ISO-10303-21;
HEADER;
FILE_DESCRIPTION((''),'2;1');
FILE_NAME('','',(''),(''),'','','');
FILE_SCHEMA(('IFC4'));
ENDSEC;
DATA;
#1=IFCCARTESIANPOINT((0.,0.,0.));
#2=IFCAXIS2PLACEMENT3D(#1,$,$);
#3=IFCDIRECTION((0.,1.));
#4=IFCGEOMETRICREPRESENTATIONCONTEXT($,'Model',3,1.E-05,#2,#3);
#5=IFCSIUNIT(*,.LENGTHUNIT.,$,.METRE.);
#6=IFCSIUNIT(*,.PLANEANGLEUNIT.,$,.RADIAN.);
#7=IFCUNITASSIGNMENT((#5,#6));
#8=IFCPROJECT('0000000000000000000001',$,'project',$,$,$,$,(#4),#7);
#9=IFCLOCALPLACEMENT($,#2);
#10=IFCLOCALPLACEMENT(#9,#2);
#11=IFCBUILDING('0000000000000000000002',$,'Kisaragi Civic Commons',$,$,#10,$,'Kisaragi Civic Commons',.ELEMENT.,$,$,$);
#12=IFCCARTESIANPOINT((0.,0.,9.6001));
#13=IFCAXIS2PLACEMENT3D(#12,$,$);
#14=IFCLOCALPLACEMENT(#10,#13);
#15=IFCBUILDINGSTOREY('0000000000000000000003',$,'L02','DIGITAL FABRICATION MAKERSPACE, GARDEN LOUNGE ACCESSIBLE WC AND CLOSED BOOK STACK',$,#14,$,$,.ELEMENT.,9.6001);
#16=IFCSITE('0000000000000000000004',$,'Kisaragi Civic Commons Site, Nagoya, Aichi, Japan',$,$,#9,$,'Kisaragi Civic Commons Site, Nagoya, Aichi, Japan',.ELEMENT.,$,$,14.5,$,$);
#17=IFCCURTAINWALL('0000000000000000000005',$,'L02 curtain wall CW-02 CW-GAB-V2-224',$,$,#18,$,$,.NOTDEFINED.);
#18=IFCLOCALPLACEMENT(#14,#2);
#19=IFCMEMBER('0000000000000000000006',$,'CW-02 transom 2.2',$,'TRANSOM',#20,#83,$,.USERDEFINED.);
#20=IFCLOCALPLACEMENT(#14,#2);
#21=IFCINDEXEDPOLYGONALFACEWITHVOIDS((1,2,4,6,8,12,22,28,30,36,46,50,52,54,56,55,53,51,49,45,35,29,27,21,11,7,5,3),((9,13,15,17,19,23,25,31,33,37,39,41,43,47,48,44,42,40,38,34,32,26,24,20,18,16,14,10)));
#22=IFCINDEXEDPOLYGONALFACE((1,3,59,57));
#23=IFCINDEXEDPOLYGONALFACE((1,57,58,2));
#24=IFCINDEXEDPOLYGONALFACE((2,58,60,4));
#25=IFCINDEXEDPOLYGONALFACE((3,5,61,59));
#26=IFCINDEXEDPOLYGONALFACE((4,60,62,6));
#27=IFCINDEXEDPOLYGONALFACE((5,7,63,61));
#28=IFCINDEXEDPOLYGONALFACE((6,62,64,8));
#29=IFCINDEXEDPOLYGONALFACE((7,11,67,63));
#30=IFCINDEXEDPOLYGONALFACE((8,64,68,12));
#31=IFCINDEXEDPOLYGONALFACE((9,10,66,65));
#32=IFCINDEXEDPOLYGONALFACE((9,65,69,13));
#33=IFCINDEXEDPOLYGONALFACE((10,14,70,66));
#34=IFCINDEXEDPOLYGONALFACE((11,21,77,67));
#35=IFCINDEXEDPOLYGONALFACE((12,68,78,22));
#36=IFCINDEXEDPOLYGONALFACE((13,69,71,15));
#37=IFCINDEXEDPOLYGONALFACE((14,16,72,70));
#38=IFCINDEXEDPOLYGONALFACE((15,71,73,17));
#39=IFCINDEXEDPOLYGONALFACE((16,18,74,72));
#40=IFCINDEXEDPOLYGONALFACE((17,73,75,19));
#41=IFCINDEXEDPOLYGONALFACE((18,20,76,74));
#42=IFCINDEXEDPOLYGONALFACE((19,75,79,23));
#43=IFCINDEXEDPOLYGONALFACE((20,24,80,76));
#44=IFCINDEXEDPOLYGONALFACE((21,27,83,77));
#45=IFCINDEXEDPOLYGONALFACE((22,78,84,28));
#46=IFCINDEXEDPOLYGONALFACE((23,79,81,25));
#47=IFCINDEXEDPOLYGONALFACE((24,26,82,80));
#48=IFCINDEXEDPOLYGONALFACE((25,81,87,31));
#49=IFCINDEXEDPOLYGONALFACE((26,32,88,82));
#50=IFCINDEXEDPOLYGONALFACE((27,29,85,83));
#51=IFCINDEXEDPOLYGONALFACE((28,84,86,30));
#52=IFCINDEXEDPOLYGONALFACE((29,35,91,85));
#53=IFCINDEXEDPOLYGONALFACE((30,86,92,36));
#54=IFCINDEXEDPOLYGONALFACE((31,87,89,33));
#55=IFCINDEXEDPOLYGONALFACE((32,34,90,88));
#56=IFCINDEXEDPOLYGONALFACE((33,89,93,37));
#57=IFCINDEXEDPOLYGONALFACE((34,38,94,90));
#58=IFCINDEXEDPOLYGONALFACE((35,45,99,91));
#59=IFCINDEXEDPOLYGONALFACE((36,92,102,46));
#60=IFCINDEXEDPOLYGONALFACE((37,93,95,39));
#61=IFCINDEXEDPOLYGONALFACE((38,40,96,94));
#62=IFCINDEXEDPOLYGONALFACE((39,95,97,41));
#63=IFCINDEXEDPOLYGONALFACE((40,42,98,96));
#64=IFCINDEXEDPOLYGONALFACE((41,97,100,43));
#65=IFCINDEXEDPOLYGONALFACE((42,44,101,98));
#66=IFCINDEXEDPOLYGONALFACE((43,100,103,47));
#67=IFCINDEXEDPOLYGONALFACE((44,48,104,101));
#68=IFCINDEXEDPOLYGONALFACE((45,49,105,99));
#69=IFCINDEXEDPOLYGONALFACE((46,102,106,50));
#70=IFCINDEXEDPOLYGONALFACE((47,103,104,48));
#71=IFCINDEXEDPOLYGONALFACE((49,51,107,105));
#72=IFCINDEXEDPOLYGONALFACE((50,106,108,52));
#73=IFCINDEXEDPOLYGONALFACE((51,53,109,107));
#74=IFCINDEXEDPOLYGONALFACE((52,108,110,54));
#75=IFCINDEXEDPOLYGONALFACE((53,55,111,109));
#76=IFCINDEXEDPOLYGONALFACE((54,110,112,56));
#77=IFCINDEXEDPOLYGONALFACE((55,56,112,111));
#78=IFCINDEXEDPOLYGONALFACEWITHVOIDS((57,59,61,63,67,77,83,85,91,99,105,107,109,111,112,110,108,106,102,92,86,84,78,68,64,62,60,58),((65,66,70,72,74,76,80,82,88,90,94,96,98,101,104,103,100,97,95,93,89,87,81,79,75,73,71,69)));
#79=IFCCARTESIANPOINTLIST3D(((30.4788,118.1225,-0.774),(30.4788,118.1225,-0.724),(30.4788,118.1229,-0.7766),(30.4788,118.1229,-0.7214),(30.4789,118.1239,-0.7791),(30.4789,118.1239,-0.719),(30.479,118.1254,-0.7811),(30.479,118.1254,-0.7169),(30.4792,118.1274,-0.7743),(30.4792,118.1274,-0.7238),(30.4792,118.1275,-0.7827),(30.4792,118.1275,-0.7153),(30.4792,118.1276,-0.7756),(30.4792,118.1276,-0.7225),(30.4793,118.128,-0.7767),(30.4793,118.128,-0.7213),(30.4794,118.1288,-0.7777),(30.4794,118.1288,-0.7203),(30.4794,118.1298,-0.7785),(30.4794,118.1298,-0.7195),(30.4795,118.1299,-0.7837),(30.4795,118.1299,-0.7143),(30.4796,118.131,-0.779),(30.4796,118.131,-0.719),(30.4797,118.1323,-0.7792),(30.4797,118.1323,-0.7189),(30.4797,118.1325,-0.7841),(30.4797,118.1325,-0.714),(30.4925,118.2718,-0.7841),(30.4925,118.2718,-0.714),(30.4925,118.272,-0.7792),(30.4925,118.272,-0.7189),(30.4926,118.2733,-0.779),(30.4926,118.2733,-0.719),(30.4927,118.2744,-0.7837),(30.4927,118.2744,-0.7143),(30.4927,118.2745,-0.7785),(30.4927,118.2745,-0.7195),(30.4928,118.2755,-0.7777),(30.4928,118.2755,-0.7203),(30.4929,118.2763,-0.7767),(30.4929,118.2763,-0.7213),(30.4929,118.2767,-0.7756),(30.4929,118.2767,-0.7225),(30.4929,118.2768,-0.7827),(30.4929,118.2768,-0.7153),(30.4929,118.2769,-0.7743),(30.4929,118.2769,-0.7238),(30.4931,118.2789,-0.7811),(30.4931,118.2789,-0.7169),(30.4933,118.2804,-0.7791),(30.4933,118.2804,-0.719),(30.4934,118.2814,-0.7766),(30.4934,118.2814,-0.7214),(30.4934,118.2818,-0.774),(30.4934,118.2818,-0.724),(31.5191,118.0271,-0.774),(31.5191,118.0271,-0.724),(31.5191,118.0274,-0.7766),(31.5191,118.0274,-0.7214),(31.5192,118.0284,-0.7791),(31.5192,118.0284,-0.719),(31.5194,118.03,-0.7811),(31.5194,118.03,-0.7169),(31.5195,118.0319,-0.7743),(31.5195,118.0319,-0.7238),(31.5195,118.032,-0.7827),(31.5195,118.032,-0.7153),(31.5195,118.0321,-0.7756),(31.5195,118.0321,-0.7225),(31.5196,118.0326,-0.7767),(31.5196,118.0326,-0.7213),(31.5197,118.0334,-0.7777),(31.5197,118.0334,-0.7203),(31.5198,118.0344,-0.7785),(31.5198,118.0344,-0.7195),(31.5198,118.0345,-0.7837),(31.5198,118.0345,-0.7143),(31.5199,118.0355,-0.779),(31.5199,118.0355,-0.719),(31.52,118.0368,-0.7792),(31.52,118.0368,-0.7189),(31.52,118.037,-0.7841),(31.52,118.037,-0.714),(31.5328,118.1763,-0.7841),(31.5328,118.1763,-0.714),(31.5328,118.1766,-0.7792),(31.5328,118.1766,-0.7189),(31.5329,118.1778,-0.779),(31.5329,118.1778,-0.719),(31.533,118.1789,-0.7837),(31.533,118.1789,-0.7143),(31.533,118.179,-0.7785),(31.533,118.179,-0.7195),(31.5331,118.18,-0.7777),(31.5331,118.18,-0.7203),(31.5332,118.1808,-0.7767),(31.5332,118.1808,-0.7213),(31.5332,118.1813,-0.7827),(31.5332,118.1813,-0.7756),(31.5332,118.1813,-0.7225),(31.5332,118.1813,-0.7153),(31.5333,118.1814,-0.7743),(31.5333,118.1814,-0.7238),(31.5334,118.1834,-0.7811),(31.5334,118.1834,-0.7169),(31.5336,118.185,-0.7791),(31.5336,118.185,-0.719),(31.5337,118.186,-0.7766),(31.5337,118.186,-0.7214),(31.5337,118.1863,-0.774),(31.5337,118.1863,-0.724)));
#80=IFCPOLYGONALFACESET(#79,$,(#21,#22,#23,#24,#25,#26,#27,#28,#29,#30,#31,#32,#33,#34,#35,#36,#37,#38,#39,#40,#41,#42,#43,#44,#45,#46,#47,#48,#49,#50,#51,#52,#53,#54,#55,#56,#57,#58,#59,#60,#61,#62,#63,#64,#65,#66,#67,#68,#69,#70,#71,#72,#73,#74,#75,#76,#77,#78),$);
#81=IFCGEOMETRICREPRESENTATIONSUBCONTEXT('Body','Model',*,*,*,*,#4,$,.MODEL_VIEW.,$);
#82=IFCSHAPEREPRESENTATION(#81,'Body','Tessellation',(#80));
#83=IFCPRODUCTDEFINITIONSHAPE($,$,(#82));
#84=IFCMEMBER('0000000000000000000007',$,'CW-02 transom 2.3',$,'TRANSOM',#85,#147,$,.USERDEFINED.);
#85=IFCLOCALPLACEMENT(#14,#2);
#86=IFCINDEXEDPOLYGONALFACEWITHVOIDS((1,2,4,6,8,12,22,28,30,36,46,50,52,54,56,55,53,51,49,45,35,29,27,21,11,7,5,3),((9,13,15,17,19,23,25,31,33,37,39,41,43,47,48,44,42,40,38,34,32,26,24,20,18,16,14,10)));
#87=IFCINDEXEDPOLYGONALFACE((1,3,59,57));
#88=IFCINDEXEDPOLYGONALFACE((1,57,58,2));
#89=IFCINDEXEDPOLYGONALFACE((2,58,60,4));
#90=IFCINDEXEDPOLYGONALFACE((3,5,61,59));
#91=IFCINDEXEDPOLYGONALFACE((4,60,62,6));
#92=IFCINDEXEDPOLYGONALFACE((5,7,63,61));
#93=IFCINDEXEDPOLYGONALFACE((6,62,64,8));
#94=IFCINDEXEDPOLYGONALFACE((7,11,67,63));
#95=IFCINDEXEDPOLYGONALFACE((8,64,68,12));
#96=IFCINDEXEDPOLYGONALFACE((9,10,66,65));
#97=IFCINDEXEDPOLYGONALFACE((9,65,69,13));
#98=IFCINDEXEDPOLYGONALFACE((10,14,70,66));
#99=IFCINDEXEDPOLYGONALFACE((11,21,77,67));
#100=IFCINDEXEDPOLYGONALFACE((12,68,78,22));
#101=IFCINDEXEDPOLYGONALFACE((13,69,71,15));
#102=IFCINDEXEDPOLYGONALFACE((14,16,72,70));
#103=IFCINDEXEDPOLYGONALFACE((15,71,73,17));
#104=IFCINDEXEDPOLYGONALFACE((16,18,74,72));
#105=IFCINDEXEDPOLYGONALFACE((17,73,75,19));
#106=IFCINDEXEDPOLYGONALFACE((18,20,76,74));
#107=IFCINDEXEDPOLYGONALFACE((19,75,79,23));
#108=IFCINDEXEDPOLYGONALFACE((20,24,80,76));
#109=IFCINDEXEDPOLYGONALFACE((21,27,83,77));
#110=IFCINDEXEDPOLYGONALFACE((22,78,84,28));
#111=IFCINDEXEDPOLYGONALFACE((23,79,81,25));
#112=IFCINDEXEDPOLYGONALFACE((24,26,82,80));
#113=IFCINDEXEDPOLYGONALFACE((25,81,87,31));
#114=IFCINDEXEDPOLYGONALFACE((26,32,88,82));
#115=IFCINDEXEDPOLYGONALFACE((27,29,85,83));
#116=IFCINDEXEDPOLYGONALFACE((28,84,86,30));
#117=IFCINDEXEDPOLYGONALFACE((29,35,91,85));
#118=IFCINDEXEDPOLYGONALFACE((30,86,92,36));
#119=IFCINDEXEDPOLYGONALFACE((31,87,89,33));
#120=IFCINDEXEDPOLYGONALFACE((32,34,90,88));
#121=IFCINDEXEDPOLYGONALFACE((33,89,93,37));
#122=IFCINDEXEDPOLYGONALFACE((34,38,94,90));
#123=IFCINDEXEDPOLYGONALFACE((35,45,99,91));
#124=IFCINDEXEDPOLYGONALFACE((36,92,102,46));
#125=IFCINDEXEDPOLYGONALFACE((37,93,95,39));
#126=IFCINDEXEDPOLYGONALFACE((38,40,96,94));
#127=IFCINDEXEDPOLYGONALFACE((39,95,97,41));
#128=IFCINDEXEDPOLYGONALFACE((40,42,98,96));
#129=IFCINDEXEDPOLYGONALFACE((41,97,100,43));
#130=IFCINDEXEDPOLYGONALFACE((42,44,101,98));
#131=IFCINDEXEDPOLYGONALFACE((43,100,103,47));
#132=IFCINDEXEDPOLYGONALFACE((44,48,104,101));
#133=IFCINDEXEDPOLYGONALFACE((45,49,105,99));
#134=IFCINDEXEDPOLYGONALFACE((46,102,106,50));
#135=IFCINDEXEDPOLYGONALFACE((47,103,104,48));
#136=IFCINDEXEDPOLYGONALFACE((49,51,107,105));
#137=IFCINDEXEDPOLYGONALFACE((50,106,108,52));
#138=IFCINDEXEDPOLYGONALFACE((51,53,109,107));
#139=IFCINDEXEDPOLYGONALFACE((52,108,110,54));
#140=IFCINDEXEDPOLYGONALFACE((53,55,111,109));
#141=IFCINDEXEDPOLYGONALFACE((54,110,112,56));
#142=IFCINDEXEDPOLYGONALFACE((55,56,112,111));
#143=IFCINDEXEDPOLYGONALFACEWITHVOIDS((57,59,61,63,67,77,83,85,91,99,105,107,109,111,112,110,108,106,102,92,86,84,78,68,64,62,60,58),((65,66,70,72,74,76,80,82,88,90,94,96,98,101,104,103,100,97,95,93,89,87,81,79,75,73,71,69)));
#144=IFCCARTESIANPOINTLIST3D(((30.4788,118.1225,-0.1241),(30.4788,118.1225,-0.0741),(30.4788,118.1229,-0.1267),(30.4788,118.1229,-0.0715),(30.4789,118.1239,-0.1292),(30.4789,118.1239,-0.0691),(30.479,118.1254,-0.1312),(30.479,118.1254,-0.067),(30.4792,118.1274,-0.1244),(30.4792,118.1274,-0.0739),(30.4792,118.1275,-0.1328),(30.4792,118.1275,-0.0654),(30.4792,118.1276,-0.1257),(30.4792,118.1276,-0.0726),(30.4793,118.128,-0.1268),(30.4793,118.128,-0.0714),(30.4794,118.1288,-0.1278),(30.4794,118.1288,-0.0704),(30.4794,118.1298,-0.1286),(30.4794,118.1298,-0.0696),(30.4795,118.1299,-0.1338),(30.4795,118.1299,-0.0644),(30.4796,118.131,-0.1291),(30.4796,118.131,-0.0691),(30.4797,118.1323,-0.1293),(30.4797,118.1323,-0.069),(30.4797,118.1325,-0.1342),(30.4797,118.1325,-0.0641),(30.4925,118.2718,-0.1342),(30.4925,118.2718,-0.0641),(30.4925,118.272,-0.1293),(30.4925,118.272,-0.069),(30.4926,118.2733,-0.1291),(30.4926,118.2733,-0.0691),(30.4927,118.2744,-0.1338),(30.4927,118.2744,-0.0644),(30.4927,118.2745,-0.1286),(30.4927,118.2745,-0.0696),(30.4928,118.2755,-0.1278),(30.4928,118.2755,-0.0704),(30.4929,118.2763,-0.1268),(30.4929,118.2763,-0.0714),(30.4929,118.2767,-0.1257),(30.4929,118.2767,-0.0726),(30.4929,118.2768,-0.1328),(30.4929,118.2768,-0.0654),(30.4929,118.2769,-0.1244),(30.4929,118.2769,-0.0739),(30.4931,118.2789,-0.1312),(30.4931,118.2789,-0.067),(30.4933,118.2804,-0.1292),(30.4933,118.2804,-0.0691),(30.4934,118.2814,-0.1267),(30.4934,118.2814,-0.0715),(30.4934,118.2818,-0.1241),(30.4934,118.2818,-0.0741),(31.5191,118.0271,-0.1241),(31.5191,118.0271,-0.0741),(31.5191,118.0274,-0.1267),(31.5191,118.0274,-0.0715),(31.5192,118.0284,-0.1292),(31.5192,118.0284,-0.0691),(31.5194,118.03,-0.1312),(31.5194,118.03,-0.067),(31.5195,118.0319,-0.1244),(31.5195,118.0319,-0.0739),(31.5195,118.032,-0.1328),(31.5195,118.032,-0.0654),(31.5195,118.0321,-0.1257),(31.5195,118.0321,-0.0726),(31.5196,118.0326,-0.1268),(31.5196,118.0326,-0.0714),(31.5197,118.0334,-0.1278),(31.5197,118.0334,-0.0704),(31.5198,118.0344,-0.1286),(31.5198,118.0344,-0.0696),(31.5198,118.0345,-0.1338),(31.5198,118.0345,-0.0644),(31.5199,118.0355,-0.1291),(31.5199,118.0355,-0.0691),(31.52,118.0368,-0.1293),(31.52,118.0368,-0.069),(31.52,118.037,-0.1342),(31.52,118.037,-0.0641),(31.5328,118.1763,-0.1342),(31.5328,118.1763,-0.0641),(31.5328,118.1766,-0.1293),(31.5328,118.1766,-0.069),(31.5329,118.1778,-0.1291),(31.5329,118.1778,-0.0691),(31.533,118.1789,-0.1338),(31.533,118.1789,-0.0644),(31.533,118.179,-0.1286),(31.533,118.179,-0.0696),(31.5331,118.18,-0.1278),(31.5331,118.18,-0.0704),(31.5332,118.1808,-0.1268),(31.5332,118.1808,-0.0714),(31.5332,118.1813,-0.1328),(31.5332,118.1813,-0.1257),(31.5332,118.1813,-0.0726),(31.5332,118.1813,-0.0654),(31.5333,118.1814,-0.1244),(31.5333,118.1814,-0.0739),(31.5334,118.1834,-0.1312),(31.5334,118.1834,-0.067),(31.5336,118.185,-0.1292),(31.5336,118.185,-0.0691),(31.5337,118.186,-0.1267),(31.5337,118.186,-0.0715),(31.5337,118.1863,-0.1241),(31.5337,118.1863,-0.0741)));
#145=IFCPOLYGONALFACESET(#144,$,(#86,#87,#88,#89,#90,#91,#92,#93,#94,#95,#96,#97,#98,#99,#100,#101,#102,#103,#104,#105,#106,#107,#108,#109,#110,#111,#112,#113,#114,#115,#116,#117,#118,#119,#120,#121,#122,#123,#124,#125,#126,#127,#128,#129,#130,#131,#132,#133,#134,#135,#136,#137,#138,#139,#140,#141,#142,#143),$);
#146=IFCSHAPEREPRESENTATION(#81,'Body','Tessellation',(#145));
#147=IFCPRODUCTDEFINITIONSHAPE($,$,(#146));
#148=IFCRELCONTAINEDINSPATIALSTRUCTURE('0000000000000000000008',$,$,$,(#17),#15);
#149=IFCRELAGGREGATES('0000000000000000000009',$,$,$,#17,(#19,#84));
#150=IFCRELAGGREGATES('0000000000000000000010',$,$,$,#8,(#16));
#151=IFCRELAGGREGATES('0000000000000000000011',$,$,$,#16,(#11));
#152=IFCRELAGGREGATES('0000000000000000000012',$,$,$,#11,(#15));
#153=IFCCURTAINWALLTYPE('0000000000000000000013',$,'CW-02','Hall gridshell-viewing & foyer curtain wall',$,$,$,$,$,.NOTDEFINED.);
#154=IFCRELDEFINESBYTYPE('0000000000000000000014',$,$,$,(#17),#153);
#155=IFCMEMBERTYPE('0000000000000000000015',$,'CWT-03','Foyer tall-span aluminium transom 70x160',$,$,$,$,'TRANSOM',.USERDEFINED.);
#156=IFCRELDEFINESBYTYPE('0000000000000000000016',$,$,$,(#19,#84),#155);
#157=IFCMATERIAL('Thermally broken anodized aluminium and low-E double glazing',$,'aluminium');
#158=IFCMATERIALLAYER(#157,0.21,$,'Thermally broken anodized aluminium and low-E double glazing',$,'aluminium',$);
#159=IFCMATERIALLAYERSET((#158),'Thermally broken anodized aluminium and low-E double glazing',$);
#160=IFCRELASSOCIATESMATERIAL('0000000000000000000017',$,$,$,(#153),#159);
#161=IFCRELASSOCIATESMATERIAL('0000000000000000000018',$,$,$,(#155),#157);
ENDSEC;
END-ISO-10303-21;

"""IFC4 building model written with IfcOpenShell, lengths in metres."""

from ifc_helpers import new_model, si_unit, direction, frame, origin, origin_2d, place, context, subcontext, project, spatial, hollow_rectangle, extrude, material, layer, layer_set, material_profile, profile_set, type_object, element, aggregate, save


model = new_model("IFC4")

# Units and contexts
model_context = context("Model", 3, precision=1e-05, world=origin(), true_north=direction((0.0, 1.0)))
body_context = subcontext(model_context, "Body", "Model", "MODEL_VIEW")
ifc_project = project(units=[si_unit("LENGTHUNIT", "METRE"), si_unit("PLANEANGLEUNIT", "RADIAN")], contexts=[model_context])

# Site, building, storey
site_placement = place(None, origin())
site = spatial("IfcSite", under=ifc_project, at=site_placement, Name="Kisaragi Civic Commons Site, Nagoya, Aichi, Japan", LongName="Kisaragi Civic Commons Site, Nagoya, Aichi, Japan", CompositionType="ELEMENT", RefElevation=14.5)
building_placement = place(site_placement, origin())
building = spatial("IfcBuilding", under=site, at=building_placement, Name="Kisaragi Civic Commons", LongName="Kisaragi Civic Commons", CompositionType="ELEMENT")
storey_placement = place(building_placement, frame((0.0, 0.0, 9.6001)))
storey = spatial("IfcBuildingStorey", under=building, at=storey_placement, Name="L02", Description="DIGITAL FABRICATION MAKERSPACE, GARDEN LOUNGE ACCESSIBLE WC AND CLOSED BOOK STACK", CompositionType="ELEMENT", Elevation=9.6001)

# Curtain wall
ifc_material_1 = material(Name="Thermally broken anodized aluminium and low-E double glazing", Category="aluminium")
ifc_layer_1 = layer(ifc_material_1, 0.21, Name="Thermally broken anodized aluminium and low-E double glazing", Category="aluminium")
ifc_layer_set_1 = layer_set([ifc_layer_1], Name="Thermally broken anodized aluminium and low-E double glazing")
curtain_wall_type_1 = type_object("IfcCurtainWallType", Name="CW-02", Description="Hall gridshell-viewing & foyer curtain wall", PredefinedType="NOTDEFINED", material=ifc_layer_set_1)
curtain_wall_1_placement = place(storey_placement, origin())
curtain_wall_1 = element("IfcCurtainWall", 1, at=curtain_wall_1_placement, inside=storey, type_object=curtain_wall_type_1, Name="L02 curtain wall CW-02 CW-GAB-V2-224", PredefinedType="NOTDEFINED")

# Members
ifc_material_profile_1 = material_profile(ifc_material_1, hollow_rectangle(XDim=0.1599, YDim=0.0701, WallThickness=0.0049, InnerFilletRadius=0.0049, OuterFilletRadius=0.01, at=origin_2d()), Name="CWT-70x160x5", Category="aluminium")
ifc_profile_set_1 = profile_set([ifc_material_profile_1], Name="Thermally broken anodized aluminium and low-E double glazing")
member_type_1 = type_object("IfcMemberType", Name="CWT-03", Description="Foyer tall-span aluminium transom 70x160", ElementType="TRANSOM", PredefinedType="USERDEFINED", material=ifc_profile_set_1)
member_1_placement = place(storey_placement, frame((30.4861, 118.2021, -0.749), z_axis=(0.995816, -0.091379, 0.0), x_axis=(0.091379, 0.995816, 0.0)))
member_1 = element("IfcMember", 2, at=member_1_placement, type_object=member_type_1, Name="CW-02 transom 2.2", ObjectType="TRANSOM", PredefinedType="USERDEFINED", context=body_context, shape_type="SweptSolid", body=[
    extrude(hollow_rectangle(XDim=0.1599, YDim=0.0701, WallThickness=0.0049, InnerFilletRadius=0.0049, OuterFilletRadius=0.01, at=origin_2d()), origin(), (0.0, 0.0, 1.0), 1.0447),
])
member_2_placement = place(storey_placement, frame((30.4861, 118.2021, -0.0991), z_axis=(0.995816, -0.091379, 0.0), x_axis=(0.091379, 0.995816, 0.0)))
member_2 = element("IfcMember", 3, at=member_2_placement, type_object=member_type_1, Name="CW-02 transom 2.3", ObjectType="TRANSOM", PredefinedType="USERDEFINED", context=body_context, shape_type="SweptSolid", body=[
    extrude(hollow_rectangle(XDim=0.1599, YDim=0.0701, WallThickness=0.0049, InnerFilletRadius=0.0049, OuterFilletRadius=0.01, at=origin_2d()), origin(), (0.0, 0.0, 1.0), 1.0447),
])

aggregate(curtain_wall_1, [member_1, member_2])

save(model, "model.ifc")
